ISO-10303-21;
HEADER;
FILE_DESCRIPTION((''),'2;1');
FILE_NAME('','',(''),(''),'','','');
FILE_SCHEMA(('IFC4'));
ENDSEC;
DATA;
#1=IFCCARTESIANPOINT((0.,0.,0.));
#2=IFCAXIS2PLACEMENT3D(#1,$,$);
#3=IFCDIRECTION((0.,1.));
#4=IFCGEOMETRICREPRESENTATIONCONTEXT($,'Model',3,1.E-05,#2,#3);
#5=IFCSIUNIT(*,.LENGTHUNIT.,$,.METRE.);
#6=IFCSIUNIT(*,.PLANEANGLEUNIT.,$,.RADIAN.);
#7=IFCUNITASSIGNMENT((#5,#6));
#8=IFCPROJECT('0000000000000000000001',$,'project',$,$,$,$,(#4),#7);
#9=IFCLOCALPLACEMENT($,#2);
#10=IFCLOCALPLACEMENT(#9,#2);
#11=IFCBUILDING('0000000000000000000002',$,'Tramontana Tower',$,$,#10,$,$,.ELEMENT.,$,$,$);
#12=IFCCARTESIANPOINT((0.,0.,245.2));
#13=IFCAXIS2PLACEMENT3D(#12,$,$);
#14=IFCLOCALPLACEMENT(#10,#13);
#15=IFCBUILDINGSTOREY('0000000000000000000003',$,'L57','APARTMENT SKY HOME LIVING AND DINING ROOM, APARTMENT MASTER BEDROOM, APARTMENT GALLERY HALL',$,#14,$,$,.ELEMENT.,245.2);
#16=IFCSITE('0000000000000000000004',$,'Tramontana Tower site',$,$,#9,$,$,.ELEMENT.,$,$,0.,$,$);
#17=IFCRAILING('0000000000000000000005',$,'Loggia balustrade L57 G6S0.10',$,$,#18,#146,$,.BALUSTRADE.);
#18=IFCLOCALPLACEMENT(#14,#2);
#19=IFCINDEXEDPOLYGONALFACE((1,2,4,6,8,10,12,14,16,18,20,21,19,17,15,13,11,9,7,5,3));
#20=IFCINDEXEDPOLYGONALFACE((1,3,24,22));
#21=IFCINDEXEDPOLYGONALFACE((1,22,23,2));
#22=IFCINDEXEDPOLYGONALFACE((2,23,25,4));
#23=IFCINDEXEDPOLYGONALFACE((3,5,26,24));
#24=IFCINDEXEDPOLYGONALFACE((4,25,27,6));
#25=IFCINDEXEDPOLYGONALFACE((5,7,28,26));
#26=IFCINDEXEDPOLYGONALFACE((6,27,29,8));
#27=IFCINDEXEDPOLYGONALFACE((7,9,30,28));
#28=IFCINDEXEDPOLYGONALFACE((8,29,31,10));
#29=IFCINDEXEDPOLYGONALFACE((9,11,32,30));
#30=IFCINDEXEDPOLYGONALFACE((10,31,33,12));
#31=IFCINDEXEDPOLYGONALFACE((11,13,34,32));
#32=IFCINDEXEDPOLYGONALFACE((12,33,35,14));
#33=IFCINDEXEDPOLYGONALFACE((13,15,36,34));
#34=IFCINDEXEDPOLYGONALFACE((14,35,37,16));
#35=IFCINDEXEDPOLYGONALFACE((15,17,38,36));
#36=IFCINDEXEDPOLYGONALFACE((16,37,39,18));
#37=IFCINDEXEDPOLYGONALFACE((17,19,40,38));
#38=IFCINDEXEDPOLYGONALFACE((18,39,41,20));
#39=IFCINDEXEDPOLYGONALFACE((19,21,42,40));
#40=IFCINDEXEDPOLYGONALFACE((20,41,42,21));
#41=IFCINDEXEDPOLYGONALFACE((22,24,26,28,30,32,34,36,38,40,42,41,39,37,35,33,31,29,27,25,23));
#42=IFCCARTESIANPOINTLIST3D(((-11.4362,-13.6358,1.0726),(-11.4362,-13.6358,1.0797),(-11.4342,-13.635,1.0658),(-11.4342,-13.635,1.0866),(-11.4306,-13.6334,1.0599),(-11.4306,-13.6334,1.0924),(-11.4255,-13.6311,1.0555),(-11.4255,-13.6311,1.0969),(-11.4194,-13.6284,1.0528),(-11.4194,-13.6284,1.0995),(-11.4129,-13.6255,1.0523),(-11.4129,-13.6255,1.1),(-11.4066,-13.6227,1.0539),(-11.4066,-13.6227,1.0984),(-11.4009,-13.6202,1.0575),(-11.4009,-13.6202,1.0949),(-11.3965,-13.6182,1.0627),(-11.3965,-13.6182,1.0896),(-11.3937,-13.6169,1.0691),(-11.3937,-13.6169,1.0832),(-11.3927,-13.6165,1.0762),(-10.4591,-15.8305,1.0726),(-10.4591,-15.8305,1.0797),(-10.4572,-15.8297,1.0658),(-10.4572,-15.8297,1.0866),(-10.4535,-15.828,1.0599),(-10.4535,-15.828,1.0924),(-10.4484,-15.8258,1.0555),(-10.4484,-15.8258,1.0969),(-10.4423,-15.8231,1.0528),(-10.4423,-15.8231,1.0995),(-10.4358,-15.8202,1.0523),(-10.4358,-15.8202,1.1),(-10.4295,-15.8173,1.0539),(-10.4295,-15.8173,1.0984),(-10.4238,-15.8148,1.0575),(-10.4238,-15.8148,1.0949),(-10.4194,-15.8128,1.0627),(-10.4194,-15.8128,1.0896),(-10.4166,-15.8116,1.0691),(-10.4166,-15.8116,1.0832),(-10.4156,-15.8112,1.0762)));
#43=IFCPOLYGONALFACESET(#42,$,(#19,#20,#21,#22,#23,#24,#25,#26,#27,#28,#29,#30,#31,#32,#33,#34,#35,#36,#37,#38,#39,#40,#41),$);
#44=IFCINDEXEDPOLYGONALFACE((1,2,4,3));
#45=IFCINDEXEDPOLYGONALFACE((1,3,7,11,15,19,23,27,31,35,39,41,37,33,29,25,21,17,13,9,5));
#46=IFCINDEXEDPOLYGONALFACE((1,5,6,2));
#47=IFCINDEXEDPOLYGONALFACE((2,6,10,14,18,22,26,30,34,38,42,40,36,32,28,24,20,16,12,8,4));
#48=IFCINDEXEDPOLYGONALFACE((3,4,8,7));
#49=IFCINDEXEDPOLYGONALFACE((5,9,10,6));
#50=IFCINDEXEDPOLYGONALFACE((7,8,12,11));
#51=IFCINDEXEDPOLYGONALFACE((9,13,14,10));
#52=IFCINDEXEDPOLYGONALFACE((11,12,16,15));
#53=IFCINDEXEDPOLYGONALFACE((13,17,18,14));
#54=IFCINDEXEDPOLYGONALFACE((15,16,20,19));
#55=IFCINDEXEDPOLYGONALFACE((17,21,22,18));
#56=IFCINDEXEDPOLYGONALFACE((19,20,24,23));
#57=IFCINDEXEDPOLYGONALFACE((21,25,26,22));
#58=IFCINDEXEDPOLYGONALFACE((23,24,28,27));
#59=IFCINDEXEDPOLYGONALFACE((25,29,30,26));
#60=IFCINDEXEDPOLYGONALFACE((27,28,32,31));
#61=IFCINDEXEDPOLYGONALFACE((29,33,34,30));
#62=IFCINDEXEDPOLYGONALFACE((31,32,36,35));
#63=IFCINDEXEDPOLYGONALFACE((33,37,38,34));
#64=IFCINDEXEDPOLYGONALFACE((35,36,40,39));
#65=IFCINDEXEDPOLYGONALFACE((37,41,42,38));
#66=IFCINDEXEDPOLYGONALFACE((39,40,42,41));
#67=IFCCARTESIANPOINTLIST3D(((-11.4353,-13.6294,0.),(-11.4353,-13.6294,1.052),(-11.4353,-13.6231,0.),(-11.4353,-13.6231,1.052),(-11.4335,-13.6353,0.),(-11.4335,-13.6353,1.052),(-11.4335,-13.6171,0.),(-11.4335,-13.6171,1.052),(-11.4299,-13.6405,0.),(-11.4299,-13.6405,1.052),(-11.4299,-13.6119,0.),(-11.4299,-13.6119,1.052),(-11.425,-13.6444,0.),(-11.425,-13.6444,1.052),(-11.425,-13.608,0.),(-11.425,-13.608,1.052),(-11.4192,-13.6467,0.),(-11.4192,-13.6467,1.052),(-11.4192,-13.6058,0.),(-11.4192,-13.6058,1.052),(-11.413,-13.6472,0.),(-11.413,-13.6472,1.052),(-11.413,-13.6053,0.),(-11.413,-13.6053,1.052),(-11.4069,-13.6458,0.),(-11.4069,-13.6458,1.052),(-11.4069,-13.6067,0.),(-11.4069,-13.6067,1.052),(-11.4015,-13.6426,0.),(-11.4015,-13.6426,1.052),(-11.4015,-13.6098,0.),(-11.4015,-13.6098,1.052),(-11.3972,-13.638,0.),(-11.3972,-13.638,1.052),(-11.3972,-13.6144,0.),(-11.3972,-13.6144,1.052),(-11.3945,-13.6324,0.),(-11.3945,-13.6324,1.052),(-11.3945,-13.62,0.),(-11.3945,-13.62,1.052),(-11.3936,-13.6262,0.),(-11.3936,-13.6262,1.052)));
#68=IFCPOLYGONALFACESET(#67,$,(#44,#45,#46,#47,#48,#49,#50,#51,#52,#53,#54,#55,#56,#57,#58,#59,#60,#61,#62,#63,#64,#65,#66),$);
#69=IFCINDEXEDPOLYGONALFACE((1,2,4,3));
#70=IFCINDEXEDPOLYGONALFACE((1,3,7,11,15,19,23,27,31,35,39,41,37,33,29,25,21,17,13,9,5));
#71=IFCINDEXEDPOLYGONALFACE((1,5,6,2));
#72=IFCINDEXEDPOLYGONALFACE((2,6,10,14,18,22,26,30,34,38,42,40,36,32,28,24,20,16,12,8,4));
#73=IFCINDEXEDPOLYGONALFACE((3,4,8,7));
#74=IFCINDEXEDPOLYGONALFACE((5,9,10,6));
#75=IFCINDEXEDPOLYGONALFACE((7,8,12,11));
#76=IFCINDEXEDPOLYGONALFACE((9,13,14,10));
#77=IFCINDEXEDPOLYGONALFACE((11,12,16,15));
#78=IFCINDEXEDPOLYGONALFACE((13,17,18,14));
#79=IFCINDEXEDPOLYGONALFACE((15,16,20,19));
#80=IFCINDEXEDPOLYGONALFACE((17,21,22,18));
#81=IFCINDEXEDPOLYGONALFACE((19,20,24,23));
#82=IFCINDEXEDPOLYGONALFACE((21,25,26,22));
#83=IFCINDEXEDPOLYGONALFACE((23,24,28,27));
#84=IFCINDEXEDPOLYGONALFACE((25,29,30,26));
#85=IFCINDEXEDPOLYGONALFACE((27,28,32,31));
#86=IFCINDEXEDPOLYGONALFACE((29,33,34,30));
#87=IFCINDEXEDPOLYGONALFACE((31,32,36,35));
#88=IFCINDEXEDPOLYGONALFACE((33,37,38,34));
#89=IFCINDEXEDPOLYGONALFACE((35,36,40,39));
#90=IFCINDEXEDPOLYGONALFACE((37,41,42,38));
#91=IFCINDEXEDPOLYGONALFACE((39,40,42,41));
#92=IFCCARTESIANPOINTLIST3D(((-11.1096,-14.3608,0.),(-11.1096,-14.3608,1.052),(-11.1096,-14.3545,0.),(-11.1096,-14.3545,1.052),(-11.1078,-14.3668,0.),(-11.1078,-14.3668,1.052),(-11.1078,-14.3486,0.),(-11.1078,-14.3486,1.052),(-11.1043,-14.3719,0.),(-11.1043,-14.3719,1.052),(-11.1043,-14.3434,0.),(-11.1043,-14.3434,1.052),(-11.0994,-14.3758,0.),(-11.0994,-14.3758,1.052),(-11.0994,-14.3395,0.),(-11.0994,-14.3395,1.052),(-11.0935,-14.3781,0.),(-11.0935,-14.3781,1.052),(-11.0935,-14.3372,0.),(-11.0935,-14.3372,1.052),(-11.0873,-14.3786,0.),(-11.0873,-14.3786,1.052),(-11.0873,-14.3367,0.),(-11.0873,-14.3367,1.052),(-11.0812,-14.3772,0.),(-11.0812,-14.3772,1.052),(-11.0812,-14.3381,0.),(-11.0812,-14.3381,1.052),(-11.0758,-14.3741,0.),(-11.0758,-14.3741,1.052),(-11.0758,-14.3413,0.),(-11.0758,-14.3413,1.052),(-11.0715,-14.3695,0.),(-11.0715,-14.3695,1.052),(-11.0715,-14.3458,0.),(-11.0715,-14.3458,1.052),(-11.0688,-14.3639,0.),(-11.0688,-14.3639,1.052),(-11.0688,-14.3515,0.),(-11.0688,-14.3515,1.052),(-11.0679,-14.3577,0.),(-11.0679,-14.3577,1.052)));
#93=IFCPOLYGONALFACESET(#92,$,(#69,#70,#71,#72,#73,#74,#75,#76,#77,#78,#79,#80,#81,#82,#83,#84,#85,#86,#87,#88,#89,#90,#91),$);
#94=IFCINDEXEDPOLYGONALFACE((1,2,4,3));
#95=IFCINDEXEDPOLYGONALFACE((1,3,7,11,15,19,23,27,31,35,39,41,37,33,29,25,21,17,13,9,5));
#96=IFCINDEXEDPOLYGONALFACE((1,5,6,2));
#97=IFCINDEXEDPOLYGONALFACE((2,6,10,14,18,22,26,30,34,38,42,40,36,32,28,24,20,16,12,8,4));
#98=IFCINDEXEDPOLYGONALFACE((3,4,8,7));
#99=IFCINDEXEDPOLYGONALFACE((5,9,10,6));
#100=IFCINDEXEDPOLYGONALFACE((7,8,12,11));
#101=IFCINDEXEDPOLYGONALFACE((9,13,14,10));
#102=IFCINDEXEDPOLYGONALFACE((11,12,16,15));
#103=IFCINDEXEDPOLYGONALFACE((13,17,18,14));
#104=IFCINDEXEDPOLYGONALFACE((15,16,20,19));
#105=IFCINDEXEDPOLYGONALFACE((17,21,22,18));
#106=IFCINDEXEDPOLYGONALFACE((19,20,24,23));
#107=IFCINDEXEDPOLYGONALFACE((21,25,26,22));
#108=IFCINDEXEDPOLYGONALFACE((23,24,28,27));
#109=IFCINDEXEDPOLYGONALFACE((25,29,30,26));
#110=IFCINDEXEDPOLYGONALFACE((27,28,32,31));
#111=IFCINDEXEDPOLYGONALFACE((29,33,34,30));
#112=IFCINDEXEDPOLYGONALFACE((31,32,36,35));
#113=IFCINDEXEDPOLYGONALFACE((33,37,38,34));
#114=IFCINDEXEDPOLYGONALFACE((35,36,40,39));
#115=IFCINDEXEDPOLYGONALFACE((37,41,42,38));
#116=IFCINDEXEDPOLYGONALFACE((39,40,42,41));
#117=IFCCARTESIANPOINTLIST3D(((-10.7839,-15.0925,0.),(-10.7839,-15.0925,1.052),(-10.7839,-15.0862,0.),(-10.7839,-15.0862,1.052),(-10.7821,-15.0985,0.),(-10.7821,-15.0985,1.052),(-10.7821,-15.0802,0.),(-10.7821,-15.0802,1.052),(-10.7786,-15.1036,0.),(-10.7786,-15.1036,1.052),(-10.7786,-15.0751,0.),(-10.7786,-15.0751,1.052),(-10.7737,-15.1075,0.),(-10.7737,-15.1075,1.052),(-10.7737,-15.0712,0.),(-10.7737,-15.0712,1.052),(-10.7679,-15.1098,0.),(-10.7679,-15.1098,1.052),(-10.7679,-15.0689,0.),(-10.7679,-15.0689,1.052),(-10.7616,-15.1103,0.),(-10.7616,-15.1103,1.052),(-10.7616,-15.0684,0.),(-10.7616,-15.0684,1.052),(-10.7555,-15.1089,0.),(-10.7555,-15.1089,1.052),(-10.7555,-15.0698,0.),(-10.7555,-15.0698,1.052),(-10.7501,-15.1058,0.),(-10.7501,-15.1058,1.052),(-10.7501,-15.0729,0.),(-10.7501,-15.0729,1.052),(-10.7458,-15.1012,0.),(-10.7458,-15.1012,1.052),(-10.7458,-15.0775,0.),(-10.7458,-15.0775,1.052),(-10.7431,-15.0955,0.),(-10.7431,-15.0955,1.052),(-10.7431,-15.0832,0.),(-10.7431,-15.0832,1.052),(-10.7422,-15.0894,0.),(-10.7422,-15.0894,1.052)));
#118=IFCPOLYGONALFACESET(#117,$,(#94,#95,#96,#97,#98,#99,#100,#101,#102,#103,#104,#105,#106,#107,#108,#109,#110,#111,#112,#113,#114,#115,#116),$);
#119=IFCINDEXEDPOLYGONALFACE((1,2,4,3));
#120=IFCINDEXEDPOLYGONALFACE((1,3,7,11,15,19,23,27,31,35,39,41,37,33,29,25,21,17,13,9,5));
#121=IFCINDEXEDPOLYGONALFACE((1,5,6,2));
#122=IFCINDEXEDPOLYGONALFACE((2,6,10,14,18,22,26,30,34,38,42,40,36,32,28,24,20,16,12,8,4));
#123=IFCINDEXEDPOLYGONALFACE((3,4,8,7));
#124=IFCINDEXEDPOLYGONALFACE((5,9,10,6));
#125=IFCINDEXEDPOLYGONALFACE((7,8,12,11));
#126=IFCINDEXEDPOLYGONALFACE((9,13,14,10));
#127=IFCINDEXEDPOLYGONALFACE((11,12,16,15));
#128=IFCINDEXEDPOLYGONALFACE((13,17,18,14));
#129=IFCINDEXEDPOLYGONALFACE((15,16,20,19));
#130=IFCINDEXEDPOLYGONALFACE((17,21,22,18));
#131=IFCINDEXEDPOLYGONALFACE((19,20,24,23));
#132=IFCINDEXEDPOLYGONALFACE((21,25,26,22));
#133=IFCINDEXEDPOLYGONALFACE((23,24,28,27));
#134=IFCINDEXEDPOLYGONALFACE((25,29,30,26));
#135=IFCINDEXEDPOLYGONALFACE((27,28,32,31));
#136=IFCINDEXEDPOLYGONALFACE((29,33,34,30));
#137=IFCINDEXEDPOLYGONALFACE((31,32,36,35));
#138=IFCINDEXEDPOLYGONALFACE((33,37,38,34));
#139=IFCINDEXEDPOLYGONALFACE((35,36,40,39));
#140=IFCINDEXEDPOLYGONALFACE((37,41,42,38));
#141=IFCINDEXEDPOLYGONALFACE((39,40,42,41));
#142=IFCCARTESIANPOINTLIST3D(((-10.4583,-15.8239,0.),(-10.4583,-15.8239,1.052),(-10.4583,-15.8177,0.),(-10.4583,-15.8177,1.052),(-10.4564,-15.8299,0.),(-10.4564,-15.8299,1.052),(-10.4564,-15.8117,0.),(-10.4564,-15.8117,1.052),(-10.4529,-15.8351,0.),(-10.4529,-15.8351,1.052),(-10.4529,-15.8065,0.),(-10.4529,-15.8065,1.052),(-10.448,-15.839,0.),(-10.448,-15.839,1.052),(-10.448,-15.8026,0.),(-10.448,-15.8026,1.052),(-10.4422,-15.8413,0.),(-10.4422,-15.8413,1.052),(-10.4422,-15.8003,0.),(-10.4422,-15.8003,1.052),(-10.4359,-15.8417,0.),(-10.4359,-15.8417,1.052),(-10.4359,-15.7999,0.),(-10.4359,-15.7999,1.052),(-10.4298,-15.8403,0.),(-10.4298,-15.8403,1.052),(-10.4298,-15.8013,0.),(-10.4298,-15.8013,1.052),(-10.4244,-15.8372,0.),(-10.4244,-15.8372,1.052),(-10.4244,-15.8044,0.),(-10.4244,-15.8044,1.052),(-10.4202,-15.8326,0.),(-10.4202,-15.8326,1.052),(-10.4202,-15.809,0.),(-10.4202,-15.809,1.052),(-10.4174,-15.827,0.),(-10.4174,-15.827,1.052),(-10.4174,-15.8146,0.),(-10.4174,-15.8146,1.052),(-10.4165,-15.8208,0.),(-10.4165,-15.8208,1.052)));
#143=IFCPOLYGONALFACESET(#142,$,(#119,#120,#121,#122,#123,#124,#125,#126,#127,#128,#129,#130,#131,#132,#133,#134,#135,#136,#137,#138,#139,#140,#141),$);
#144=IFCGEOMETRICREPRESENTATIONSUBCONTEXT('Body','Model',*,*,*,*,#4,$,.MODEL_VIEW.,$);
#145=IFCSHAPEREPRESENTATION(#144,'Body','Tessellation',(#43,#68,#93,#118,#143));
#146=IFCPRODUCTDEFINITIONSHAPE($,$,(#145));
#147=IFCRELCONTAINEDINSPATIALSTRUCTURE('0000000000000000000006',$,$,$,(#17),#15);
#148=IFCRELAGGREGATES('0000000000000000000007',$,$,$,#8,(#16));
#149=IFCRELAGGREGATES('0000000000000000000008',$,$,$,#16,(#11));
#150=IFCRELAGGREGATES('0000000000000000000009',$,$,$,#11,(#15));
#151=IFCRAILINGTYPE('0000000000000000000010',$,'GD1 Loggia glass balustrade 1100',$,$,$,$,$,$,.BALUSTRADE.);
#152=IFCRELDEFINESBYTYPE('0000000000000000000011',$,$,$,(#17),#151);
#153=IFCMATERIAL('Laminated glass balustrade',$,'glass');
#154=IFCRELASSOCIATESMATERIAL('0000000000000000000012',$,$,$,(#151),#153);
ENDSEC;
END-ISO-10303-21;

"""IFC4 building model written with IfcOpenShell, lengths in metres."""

from ifc_helpers import new_model, si_unit, direction, frame, origin, origin_2d, place, context, subcontext, project, spatial, circle, extrude, material, type_object, element, save


model = new_model("IFC4")

# Units and contexts
model_context = context("Model", 3, precision=1e-05, world=origin(), true_north=direction((0.0, 1.0)))
body_context = subcontext(model_context, "Body", "Model", "MODEL_VIEW")
ifc_project = project(units=[si_unit("LENGTHUNIT", "METRE"), si_unit("PLANEANGLEUNIT", "RADIAN")], contexts=[model_context])

# Site, building, storey
site_placement = place(None, origin())
site = spatial("IfcSite", under=ifc_project, at=site_placement, Name="Tramontana Tower site", CompositionType="ELEMENT", RefElevation=0.0)
building_placement = place(site_placement, origin())
building = spatial("IfcBuilding", under=site, at=building_placement, Name="Tramontana Tower", CompositionType="ELEMENT")
storey_placement = place(building_placement, frame((0.0, 0.0, 245.2)))
storey = spatial("IfcBuildingStorey", under=building, at=storey_placement, Name="L57", Description="APARTMENT SKY HOME LIVING AND DINING ROOM, APARTMENT MASTER BEDROOM, APARTMENT GALLERY HALL", CompositionType="ELEMENT", Elevation=245.2)

# Railing
ifc_material_1 = material(Name="Laminated glass balustrade", Category="glass")
railing_type = type_object("IfcRailingType", Name="GD1 Loggia glass balustrade 1100", PredefinedType="BALUSTRADE", material=ifc_material_1)
railing_placement = place(storey_placement, frame((-11.4146, -13.6262, 0.0)))
element("IfcRailing", 1, at=railing_placement, inside=storey, type_object=railing_type, Name="Loggia balustrade L57 G6S0.10", PredefinedType="BALUSTRADE", context=body_context, shape_type="SweptSolid", body=[
    extrude(circle(Radius=0.0239, at=origin_2d()), frame((0.0, 0.0, 1.0762), z_axis=(0.406723, -0.913552, 0.0), x_axis=(0.913552, 0.406723, 0.0)), (0.0, 0.0, 1.0), 2.4023),
    extrude(circle(Radius=0.021, at=origin_2d()), origin(), (0.0, 0.0, 1.0), 1.052),
    extrude(circle(Radius=0.021, at=origin_2d()), frame((0.3257, -0.7314, 0.0)), (0.0, 0.0, 1.0), 1.052),
    extrude(circle(Radius=0.021, at=origin_2d()), frame((0.6514, -1.4631, 0.0)), (0.0, 0.0, 1.0), 1.052),
    extrude(circle(Radius=0.021, at=origin_2d()), frame((0.9771, -2.1946, 0.0)), (0.0, 0.0, 1.0), 1.052),
])

save(model, "model.ifc")
